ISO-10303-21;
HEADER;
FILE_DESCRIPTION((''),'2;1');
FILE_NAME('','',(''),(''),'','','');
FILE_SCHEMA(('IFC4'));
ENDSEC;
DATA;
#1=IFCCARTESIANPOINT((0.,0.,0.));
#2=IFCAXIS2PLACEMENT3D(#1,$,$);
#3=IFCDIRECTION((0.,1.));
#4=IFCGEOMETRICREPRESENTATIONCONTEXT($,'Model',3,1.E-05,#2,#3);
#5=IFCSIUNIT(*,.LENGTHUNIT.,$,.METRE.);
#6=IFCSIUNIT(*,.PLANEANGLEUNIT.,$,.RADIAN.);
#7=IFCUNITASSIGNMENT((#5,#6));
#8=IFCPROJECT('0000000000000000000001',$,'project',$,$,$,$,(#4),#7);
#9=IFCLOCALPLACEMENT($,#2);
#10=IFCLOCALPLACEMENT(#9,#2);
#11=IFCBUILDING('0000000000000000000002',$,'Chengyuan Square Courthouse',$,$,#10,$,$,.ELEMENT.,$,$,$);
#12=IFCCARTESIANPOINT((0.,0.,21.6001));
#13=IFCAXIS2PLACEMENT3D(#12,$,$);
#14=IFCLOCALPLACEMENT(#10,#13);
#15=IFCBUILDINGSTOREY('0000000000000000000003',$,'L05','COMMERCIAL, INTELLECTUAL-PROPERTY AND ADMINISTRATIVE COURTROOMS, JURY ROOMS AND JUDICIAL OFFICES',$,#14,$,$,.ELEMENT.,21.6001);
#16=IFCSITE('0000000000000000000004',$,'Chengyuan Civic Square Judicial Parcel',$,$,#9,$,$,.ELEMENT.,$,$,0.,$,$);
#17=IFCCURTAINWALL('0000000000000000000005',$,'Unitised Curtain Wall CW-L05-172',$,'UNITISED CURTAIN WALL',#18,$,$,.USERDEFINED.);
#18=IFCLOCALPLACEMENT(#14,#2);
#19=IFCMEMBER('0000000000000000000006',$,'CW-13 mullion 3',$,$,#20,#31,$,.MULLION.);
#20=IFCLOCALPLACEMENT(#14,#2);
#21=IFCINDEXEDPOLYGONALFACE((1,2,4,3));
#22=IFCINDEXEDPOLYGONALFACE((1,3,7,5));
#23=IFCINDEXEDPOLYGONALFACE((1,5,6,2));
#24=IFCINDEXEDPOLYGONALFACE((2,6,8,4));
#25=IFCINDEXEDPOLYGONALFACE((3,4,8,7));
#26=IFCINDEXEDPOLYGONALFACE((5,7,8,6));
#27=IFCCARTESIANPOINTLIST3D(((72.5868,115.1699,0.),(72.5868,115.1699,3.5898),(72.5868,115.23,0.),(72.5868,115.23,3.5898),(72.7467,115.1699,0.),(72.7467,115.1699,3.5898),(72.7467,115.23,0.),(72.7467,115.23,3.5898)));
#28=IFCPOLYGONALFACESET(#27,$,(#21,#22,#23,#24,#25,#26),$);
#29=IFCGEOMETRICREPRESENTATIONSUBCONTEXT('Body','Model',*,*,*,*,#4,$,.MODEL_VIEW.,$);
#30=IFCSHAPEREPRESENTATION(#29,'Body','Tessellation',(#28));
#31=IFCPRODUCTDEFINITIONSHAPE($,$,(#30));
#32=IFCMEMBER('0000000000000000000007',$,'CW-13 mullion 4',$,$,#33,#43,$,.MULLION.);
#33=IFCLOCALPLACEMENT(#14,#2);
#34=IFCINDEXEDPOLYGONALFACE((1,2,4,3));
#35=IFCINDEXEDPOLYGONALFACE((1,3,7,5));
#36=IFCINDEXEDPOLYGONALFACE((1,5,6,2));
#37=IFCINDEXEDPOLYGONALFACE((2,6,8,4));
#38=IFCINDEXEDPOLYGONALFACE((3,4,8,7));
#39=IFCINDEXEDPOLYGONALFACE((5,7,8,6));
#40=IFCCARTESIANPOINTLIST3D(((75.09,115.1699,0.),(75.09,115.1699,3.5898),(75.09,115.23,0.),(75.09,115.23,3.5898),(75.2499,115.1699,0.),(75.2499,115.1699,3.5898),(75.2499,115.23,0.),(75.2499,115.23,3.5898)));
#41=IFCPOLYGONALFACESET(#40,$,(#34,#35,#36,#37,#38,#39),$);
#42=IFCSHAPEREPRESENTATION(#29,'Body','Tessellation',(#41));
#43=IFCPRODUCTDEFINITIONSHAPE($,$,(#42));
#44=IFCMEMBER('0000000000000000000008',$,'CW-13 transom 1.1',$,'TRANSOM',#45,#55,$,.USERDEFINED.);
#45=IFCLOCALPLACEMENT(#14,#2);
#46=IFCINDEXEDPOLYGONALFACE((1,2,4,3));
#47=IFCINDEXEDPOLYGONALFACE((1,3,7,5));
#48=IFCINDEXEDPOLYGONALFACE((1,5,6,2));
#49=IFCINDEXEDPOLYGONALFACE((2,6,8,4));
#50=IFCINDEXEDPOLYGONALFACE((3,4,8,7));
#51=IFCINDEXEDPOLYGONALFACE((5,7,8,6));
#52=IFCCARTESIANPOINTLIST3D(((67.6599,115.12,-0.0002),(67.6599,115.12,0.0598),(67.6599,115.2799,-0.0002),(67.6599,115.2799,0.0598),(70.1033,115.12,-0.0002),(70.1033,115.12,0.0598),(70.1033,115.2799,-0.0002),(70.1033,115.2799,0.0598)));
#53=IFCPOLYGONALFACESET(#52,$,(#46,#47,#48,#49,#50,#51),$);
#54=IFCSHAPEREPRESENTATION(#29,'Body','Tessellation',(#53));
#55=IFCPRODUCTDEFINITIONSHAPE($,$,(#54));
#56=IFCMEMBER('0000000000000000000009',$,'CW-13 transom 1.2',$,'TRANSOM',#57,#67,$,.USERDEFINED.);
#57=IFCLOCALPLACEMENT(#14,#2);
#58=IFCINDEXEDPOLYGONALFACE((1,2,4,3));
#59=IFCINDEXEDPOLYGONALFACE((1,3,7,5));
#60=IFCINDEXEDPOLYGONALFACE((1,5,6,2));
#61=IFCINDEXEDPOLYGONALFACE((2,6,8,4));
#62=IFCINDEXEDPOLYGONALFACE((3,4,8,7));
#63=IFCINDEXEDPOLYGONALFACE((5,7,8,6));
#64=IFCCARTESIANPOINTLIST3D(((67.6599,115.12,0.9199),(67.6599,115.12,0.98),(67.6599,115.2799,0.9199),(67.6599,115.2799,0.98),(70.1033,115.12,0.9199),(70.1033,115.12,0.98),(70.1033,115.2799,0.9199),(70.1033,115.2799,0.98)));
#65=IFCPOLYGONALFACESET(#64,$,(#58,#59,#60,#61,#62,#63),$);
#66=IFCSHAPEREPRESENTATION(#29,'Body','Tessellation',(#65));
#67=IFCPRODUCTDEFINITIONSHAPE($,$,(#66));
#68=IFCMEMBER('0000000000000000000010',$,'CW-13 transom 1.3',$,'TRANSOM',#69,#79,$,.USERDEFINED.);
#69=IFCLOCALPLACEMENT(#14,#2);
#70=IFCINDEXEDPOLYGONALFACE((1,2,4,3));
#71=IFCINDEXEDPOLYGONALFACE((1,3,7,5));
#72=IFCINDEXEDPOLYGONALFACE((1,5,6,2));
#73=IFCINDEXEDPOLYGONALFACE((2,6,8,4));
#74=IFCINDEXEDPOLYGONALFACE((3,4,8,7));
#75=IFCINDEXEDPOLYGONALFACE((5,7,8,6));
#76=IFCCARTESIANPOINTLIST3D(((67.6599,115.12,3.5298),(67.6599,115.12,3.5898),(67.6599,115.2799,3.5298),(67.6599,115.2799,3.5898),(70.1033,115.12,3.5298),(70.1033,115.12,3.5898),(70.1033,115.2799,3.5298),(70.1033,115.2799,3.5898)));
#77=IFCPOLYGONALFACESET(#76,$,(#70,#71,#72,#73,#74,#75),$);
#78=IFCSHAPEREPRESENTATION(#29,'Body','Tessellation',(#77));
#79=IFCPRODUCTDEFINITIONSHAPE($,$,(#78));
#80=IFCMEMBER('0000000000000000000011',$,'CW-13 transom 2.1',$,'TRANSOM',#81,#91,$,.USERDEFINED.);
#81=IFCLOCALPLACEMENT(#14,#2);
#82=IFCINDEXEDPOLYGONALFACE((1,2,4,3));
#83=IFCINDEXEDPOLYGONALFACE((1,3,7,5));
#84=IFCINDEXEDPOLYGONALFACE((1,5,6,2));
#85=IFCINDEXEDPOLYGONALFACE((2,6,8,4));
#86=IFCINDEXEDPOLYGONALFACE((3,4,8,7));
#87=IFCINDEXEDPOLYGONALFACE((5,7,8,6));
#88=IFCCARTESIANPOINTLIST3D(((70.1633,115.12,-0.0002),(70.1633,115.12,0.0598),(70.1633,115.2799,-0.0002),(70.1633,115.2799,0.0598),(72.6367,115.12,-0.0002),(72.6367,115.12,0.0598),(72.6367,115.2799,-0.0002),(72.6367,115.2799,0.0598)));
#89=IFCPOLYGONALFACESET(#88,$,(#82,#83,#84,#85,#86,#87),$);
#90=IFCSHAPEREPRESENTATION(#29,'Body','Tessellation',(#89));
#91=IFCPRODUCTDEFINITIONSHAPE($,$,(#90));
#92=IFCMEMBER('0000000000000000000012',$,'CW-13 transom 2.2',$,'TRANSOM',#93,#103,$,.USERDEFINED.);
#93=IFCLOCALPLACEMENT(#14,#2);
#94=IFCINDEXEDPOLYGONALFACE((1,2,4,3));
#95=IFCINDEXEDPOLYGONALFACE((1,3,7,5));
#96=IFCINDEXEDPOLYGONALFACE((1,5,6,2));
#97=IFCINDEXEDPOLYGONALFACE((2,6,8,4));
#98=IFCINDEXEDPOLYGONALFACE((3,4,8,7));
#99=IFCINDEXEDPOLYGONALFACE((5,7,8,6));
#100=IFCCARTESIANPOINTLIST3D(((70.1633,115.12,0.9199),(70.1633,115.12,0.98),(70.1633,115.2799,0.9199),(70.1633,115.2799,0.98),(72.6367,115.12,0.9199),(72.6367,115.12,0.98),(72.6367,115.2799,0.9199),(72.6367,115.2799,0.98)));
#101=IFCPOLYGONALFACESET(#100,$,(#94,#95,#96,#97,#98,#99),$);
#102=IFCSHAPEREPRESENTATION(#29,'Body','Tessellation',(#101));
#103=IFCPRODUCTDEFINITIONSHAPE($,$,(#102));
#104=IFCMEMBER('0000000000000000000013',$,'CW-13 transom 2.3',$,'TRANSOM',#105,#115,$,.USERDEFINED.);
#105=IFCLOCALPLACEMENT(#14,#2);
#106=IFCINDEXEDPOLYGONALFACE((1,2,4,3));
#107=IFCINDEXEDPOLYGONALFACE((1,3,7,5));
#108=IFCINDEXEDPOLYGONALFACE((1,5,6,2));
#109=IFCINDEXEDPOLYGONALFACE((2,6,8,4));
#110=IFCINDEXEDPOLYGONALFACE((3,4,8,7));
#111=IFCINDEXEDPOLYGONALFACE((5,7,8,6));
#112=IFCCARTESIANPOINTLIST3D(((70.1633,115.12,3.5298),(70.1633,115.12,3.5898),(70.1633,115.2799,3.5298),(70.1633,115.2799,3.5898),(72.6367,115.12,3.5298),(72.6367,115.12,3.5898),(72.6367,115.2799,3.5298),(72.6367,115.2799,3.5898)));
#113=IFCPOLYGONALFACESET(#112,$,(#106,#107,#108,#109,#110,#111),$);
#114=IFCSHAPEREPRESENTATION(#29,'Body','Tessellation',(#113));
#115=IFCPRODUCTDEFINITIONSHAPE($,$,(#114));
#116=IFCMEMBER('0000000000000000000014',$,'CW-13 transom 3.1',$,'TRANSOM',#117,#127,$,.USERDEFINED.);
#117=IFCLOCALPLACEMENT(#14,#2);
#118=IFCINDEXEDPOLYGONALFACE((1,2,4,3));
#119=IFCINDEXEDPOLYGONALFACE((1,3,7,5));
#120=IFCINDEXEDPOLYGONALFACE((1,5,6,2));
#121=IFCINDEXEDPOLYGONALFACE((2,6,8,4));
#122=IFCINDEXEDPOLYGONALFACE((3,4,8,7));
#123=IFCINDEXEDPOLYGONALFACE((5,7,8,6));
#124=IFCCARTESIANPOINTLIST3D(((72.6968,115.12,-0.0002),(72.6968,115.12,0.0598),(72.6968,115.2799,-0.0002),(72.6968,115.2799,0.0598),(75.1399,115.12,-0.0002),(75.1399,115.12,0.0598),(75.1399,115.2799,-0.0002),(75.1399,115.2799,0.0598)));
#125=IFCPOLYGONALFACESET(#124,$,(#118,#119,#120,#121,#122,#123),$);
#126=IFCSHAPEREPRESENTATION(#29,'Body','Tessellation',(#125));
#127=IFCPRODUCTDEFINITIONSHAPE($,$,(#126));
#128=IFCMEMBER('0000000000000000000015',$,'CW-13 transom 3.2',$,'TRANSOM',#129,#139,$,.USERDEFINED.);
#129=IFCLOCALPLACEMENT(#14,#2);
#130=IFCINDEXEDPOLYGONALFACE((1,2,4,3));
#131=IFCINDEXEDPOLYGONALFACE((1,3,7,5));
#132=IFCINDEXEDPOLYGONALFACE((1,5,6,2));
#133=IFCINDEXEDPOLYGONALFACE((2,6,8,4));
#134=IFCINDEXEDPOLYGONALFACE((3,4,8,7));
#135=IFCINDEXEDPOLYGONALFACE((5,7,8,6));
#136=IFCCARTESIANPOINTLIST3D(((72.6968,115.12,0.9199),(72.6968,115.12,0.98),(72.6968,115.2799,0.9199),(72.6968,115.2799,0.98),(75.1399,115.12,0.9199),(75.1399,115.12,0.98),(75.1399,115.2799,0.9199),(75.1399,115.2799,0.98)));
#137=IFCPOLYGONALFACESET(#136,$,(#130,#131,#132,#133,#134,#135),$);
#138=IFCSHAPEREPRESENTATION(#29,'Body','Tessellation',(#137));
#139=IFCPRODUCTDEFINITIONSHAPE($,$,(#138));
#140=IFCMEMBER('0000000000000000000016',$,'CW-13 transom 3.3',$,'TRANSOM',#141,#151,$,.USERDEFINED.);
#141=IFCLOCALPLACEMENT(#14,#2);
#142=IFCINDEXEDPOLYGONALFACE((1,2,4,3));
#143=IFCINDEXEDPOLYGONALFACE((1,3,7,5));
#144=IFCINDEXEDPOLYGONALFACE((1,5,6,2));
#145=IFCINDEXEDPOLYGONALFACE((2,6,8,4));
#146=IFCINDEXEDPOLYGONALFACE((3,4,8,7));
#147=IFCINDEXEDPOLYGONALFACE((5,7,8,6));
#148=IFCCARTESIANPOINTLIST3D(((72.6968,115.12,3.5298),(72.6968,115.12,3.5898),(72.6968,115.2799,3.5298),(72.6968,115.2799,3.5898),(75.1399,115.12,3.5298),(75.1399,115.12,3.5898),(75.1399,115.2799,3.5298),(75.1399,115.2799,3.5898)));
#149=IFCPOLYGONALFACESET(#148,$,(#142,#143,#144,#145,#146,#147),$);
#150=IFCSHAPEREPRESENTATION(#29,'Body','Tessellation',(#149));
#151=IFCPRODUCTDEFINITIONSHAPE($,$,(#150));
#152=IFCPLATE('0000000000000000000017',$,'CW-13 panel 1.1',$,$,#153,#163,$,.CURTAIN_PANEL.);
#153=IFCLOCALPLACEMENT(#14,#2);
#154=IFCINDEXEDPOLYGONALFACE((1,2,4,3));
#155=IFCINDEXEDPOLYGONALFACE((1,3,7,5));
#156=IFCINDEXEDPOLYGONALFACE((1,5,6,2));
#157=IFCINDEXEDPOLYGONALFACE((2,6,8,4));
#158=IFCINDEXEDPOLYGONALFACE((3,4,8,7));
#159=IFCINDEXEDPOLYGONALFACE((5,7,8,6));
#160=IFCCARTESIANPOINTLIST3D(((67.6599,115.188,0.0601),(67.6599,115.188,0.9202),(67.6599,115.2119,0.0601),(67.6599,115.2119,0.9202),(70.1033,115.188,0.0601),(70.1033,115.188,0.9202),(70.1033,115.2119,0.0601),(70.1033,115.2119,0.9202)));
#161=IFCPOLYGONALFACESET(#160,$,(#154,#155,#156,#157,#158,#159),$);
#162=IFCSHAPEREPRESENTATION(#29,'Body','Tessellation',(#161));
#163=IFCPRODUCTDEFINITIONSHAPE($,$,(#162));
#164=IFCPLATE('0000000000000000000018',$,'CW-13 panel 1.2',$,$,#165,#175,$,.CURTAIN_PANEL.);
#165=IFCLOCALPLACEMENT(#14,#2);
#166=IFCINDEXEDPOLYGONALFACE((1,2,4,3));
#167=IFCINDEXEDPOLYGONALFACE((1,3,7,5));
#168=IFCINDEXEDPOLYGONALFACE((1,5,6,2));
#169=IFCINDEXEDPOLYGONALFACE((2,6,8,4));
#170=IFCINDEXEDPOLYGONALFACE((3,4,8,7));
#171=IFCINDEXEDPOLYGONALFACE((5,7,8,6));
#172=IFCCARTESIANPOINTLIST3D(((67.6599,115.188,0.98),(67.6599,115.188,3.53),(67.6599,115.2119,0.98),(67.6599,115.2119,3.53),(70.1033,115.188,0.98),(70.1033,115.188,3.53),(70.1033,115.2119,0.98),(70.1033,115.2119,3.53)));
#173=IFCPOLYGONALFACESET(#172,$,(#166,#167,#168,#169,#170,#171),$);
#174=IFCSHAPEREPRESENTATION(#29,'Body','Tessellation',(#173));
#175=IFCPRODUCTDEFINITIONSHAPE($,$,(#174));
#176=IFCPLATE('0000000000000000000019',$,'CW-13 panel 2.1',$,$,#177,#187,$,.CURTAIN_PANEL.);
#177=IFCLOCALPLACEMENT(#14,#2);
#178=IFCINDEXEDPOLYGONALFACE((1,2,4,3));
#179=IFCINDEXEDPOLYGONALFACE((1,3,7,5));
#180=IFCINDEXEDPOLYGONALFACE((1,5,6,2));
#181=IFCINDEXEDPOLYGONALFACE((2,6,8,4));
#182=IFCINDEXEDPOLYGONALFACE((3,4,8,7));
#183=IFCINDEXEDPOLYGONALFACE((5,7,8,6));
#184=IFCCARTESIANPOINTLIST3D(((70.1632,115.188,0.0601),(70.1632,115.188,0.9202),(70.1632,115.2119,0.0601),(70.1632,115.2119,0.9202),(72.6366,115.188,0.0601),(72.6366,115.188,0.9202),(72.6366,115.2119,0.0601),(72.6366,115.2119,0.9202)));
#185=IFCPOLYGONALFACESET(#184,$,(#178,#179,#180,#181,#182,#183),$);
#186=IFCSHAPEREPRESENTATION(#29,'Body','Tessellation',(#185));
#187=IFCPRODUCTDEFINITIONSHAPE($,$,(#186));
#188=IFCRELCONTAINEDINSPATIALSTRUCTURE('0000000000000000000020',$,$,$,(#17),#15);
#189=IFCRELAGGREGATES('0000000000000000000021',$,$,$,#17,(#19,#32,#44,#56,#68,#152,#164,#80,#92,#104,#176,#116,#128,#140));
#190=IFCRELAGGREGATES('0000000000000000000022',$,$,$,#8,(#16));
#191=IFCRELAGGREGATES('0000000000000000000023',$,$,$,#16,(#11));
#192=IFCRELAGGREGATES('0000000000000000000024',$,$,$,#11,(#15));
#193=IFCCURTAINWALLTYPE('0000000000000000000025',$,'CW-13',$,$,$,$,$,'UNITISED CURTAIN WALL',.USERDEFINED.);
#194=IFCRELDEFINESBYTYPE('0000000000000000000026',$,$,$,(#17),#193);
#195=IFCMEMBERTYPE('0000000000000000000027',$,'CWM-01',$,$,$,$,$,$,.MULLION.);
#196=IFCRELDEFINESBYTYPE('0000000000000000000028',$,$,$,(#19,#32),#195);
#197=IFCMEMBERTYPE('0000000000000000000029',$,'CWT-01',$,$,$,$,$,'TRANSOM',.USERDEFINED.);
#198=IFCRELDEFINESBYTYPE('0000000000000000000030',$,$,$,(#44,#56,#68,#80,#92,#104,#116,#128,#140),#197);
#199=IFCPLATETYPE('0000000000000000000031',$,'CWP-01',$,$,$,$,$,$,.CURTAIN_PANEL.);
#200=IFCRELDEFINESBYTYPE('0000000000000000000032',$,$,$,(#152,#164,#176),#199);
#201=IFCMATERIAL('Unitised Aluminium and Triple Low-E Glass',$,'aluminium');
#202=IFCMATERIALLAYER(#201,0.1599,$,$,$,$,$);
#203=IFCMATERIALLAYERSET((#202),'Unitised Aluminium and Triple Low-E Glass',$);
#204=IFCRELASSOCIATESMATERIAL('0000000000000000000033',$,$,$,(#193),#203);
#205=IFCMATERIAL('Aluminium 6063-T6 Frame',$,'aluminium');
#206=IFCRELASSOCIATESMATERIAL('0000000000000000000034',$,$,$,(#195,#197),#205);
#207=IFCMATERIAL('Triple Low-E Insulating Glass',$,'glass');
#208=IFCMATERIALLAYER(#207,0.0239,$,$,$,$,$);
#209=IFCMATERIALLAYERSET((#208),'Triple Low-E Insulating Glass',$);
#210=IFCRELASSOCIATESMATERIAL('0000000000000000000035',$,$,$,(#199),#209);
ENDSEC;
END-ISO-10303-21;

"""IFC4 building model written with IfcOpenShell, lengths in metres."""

from ifc_helpers import new_model, si_unit, direction, frame, origin, origin_2d, place, context, subcontext, project, spatial, rectangle, extrude, material, layer, layer_set, material_profile, profile_set, type_object, element, aggregate, save


model = new_model("IFC4")

# Units and contexts
model_context = context("Model", 3, precision=1e-05, world=origin(), true_north=direction((0.0, 1.0)))
body_context = subcontext(model_context, "Body", "Model", "MODEL_VIEW")
ifc_project = project(units=[si_unit("LENGTHUNIT", "METRE"), si_unit("PLANEANGLEUNIT", "RADIAN")], contexts=[model_context])

# Site, building, storey
site_placement = place(None, origin())
site = spatial("IfcSite", under=ifc_project, at=site_placement, Name="Chengyuan Civic Square Judicial Parcel", CompositionType="ELEMENT", RefElevation=0.0)
building_placement = place(site_placement, origin())
building = spatial("IfcBuilding", under=site, at=building_placement, Name="Chengyuan Square Courthouse", CompositionType="ELEMENT")
storey_placement = place(building_placement, frame((0.0, 0.0, 21.6001)))
storey = spatial("IfcBuildingStorey", under=building, at=storey_placement, Name="L05", Description="COMMERCIAL, INTELLECTUAL-PROPERTY AND ADMINISTRATIVE COURTROOMS, JURY ROOMS AND JUDICIAL OFFICES", CompositionType="ELEMENT", Elevation=21.6001)

# Curtain wall, members, plates
ifc_material_1 = material(Name="Unitised Aluminium and Triple Low-E Glass", Category="aluminium")
ifc_layer_1 = layer(ifc_material_1, 0.1599)
ifc_layer_set_1 = layer_set([ifc_layer_1], Name="Unitised Aluminium and Triple Low-E Glass")
curtain_wall_type = type_object("IfcCurtainWallType", Name="CW-13", ElementType="UNITISED CURTAIN WALL", PredefinedType="USERDEFINED", material=ifc_layer_set_1)
curtain_wall_placement = place(storey_placement, origin())
curtain_wall = element("IfcCurtainWall", 1, at=curtain_wall_placement, inside=storey, type_object=curtain_wall_type, Name="Unitised Curtain Wall CW-L05-172", ObjectType="UNITISED CURTAIN WALL", PredefinedType="USERDEFINED")
ifc_material_2 = material(Name="Aluminium 6063-T6 Frame", Category="aluminium")
ifc_material_profile_1 = material_profile(ifc_material_2, rectangle(XDim=0.0601, YDim=0.1599, at=origin_2d()), Name="CW-MUL-60x160")
ifc_profile_set_1 = profile_set([ifc_material_profile_1], Name="Aluminium 6063-T6 Frame")
member_type_1 = type_object("IfcMemberType", Name="CWM-01", PredefinedType="MULLION", material=ifc_profile_set_1)
member_1_placement = place(storey_placement, frame((72.6667, 115.2, 0.0), z_axis=(0.0, 0.0, 1.0), x_axis=(0.0, 1.0, 0.0)))
member_1 = element("IfcMember", 2, at=member_1_placement, type_object=member_type_1, Name="CW-13 mullion 3", PredefinedType="MULLION", context=body_context, shape_type="SweptSolid", body=[
    extrude(rectangle(XDim=0.0601, YDim=0.1599, at=origin_2d()), origin(), (0.0, 0.0, 1.0), 3.5898),
])
member_2_placement = place(storey_placement, frame((75.1699, 115.2, 0.0), z_axis=(0.0, 0.0, 1.0), x_axis=(0.0, 1.0, 0.0)))
member_2 = element("IfcMember", 3, at=member_2_placement, type_object=member_type_1, Name="CW-13 mullion 4", PredefinedType="MULLION", context=body_context, shape_type="SweptSolid", body=[
    extrude(rectangle(XDim=0.0601, YDim=0.1599, at=origin_2d()), origin(), (0.0, 0.0, 1.0), 3.5898),
])
ifc_material_profile_2 = material_profile(ifc_material_2, rectangle(XDim=0.1599, YDim=0.0601, at=origin_2d()), Name="CW-TRN-60x120")
ifc_profile_set_2 = profile_set([ifc_material_profile_2], Name="Aluminium 6063-T6 Frame")
member_type_2 = type_object("IfcMemberType", Name="CWT-01", ElementType="TRANSOM", PredefinedType="USERDEFINED", material=ifc_profile_set_2)
member_3_placement = place(storey_placement, frame((67.6599, 115.2, 0.0298), z_axis=(1.0, 0.0, 0.0), x_axis=(0.0, 1.0, 0.0)))
member_3 = element("IfcMember", 4, at=member_3_placement, type_object=member_type_2, Name="CW-13 transom 1.1", ObjectType="TRANSOM", PredefinedType="USERDEFINED", context=body_context, shape_type="SweptSolid", body=[
    extrude(rectangle(XDim=0.1599, YDim=0.0601, at=origin_2d()), origin(), (0.0, 0.0, 1.0), 2.4434),
])
member_4_placement = place(storey_placement, frame((67.6599, 115.2, 0.95), z_axis=(1.0, 0.0, 0.0), x_axis=(0.0, 1.0, 0.0)))
member_4 = element("IfcMember", 5, at=member_4_placement, type_object=member_type_2, Name="CW-13 transom 1.2", ObjectType="TRANSOM", PredefinedType="USERDEFINED", context=body_context, shape_type="SweptSolid", body=[
    extrude(rectangle(XDim=0.1599, YDim=0.0601, at=origin_2d()), origin(), (0.0, 0.0, 1.0), 2.4434),
])
member_5_placement = place(storey_placement, frame((67.6599, 115.2, 3.5598), z_axis=(1.0, 0.0, 0.0), x_axis=(0.0, 1.0, 0.0)))
member_5 = element("IfcMember", 6, at=member_5_placement, type_object=member_type_2, Name="CW-13 transom 1.3", ObjectType="TRANSOM", PredefinedType="USERDEFINED", context=body_context, shape_type="SweptSolid", body=[
    extrude(rectangle(XDim=0.1599, YDim=0.0601, at=origin_2d()), origin(), (0.0, 0.0, 1.0), 2.4434),
])
member_6_placement = place(storey_placement, frame((70.1633, 115.2, 0.0298), z_axis=(1.0, 0.0, 0.0), x_axis=(0.0, 1.0, 0.0)))
member_6 = element("IfcMember", 7, at=member_6_placement, type_object=member_type_2, Name="CW-13 transom 2.1", ObjectType="TRANSOM", PredefinedType="USERDEFINED", context=body_context, shape_type="SweptSolid", body=[
    extrude(rectangle(XDim=0.1599, YDim=0.0601, at=origin_2d()), origin(), (0.0, 0.0, 1.0), 2.4734),
])
member_7_placement = place(storey_placement, frame((70.1633, 115.2, 0.95), z_axis=(1.0, 0.0, 0.0), x_axis=(0.0, 1.0, 0.0)))
member_7 = element("IfcMember", 8, at=member_7_placement, type_object=member_type_2, Name="CW-13 transom 2.2", ObjectType="TRANSOM", PredefinedType="USERDEFINED", context=body_context, shape_type="SweptSolid", body=[
    extrude(rectangle(XDim=0.1599, YDim=0.0601, at=origin_2d()), origin(), (0.0, 0.0, 1.0), 2.4734),
])
member_8_placement = place(storey_placement, frame((70.1633, 115.2, 3.5598), z_axis=(1.0, 0.0, 0.0), x_axis=(0.0, 1.0, 0.0)))
member_8 = element("IfcMember", 9, at=member_8_placement, type_object=member_type_2, Name="CW-13 transom 2.3", ObjectType="TRANSOM", PredefinedType="USERDEFINED", context=body_context, shape_type="SweptSolid", body=[
    extrude(rectangle(XDim=0.1599, YDim=0.0601, at=origin_2d()), origin(), (0.0, 0.0, 1.0), 2.4734),
])
member_9_placement = place(storey_placement, frame((72.6968, 115.2, 0.0298), z_axis=(1.0, 0.0, 0.0), x_axis=(0.0, 1.0, 0.0)))
member_9 = element("IfcMember", 10, at=member_9_placement, type_object=member_type_2, Name="CW-13 transom 3.1", ObjectType="TRANSOM", PredefinedType="USERDEFINED", context=body_context, shape_type="SweptSolid", body=[
    extrude(rectangle(XDim=0.1599, YDim=0.0601, at=origin_2d()), origin(), (0.0, 0.0, 1.0), 2.4431),
])
member_10_placement = place(storey_placement, frame((72.6968, 115.2, 0.95), z_axis=(1.0, 0.0, 0.0), x_axis=(0.0, 1.0, 0.0)))
member_10 = element("IfcMember", 11, at=member_10_placement, type_object=member_type_2, Name="CW-13 transom 3.2", ObjectType="TRANSOM", PredefinedType="USERDEFINED", context=body_context, shape_type="SweptSolid", body=[
    extrude(rectangle(XDim=0.1599, YDim=0.0601, at=origin_2d()), origin(), (0.0, 0.0, 1.0), 2.4431),
])
member_11_placement = place(storey_placement, frame((72.6968, 115.2, 3.5598), z_axis=(1.0, 0.0, 0.0), x_axis=(0.0, 1.0, 0.0)))
member_11 = element("IfcMember", 12, at=member_11_placement, type_object=member_type_2, Name="CW-13 transom 3.3", ObjectType="TRANSOM", PredefinedType="USERDEFINED", context=body_context, shape_type="SweptSolid", body=[
    extrude(rectangle(XDim=0.1599, YDim=0.0601, at=origin_2d()), origin(), (0.0, 0.0, 1.0), 2.4431),
])
ifc_material_3 = material(Name="Triple Low-E Insulating Glass", Category="glass")
ifc_layer_2 = layer(ifc_material_3, 0.0239)
ifc_layer_set_2 = layer_set([ifc_layer_2], Name="Triple Low-E Insulating Glass")
plate_type = type_object("IfcPlateType", Name="CWP-01", PredefinedType="CURTAIN_PANEL", material=ifc_layer_set_2)
plate_1_placement = place(storey_placement, frame((68.8816, 115.2, 0.0601), z_axis=(0.0, 0.0, 1.0), x_axis=(1.0, 0.0, 0.0)))
plate_1 = element("IfcPlate", 13, at=plate_1_placement, type_object=plate_type, Name="CW-13 panel 1.1", PredefinedType="CURTAIN_PANEL", context=body_context, shape_type="SweptSolid", body=[
    extrude(rectangle(XDim=2.4434, YDim=0.0239, at=origin_2d()), origin(), (0.0, 0.0, 1.0), 0.8601),
])
plate_2_placement = place(storey_placement, frame((68.8816, 115.2, 0.98), z_axis=(0.0, 0.0, 1.0), x_axis=(1.0, 0.0, 0.0)))
plate_2 = element("IfcPlate", 14, at=plate_2_placement, type_object=plate_type, Name="CW-13 panel 1.2", PredefinedType="CURTAIN_PANEL", context=body_context, shape_type="SweptSolid", body=[
    extrude(rectangle(XDim=2.4434, YDim=0.0239, at=origin_2d()), origin(), (0.0, 0.0, 1.0), 2.55),
])
plate_3_placement = place(storey_placement, frame((71.3999, 115.2, 0.0601), z_axis=(0.0, 0.0, 1.0), x_axis=(1.0, 0.0, 0.0)))
plate_3 = element("IfcPlate", 15, at=plate_3_placement, type_object=plate_type, Name="CW-13 panel 2.1", PredefinedType="CURTAIN_PANEL", context=body_context, shape_type="SweptSolid", body=[
    extrude(rectangle(XDim=2.4734, YDim=0.0239, at=origin_2d()), origin(), (0.0, 0.0, 1.0), 0.8601),
])
aggregate(curtain_wall, [member_1, member_2, member_3, member_4, member_5, plate_1, plate_2, member_6, member_7, member_8, plate_3, member_9, member_10, member_11])

save(model, "model.ifc")
